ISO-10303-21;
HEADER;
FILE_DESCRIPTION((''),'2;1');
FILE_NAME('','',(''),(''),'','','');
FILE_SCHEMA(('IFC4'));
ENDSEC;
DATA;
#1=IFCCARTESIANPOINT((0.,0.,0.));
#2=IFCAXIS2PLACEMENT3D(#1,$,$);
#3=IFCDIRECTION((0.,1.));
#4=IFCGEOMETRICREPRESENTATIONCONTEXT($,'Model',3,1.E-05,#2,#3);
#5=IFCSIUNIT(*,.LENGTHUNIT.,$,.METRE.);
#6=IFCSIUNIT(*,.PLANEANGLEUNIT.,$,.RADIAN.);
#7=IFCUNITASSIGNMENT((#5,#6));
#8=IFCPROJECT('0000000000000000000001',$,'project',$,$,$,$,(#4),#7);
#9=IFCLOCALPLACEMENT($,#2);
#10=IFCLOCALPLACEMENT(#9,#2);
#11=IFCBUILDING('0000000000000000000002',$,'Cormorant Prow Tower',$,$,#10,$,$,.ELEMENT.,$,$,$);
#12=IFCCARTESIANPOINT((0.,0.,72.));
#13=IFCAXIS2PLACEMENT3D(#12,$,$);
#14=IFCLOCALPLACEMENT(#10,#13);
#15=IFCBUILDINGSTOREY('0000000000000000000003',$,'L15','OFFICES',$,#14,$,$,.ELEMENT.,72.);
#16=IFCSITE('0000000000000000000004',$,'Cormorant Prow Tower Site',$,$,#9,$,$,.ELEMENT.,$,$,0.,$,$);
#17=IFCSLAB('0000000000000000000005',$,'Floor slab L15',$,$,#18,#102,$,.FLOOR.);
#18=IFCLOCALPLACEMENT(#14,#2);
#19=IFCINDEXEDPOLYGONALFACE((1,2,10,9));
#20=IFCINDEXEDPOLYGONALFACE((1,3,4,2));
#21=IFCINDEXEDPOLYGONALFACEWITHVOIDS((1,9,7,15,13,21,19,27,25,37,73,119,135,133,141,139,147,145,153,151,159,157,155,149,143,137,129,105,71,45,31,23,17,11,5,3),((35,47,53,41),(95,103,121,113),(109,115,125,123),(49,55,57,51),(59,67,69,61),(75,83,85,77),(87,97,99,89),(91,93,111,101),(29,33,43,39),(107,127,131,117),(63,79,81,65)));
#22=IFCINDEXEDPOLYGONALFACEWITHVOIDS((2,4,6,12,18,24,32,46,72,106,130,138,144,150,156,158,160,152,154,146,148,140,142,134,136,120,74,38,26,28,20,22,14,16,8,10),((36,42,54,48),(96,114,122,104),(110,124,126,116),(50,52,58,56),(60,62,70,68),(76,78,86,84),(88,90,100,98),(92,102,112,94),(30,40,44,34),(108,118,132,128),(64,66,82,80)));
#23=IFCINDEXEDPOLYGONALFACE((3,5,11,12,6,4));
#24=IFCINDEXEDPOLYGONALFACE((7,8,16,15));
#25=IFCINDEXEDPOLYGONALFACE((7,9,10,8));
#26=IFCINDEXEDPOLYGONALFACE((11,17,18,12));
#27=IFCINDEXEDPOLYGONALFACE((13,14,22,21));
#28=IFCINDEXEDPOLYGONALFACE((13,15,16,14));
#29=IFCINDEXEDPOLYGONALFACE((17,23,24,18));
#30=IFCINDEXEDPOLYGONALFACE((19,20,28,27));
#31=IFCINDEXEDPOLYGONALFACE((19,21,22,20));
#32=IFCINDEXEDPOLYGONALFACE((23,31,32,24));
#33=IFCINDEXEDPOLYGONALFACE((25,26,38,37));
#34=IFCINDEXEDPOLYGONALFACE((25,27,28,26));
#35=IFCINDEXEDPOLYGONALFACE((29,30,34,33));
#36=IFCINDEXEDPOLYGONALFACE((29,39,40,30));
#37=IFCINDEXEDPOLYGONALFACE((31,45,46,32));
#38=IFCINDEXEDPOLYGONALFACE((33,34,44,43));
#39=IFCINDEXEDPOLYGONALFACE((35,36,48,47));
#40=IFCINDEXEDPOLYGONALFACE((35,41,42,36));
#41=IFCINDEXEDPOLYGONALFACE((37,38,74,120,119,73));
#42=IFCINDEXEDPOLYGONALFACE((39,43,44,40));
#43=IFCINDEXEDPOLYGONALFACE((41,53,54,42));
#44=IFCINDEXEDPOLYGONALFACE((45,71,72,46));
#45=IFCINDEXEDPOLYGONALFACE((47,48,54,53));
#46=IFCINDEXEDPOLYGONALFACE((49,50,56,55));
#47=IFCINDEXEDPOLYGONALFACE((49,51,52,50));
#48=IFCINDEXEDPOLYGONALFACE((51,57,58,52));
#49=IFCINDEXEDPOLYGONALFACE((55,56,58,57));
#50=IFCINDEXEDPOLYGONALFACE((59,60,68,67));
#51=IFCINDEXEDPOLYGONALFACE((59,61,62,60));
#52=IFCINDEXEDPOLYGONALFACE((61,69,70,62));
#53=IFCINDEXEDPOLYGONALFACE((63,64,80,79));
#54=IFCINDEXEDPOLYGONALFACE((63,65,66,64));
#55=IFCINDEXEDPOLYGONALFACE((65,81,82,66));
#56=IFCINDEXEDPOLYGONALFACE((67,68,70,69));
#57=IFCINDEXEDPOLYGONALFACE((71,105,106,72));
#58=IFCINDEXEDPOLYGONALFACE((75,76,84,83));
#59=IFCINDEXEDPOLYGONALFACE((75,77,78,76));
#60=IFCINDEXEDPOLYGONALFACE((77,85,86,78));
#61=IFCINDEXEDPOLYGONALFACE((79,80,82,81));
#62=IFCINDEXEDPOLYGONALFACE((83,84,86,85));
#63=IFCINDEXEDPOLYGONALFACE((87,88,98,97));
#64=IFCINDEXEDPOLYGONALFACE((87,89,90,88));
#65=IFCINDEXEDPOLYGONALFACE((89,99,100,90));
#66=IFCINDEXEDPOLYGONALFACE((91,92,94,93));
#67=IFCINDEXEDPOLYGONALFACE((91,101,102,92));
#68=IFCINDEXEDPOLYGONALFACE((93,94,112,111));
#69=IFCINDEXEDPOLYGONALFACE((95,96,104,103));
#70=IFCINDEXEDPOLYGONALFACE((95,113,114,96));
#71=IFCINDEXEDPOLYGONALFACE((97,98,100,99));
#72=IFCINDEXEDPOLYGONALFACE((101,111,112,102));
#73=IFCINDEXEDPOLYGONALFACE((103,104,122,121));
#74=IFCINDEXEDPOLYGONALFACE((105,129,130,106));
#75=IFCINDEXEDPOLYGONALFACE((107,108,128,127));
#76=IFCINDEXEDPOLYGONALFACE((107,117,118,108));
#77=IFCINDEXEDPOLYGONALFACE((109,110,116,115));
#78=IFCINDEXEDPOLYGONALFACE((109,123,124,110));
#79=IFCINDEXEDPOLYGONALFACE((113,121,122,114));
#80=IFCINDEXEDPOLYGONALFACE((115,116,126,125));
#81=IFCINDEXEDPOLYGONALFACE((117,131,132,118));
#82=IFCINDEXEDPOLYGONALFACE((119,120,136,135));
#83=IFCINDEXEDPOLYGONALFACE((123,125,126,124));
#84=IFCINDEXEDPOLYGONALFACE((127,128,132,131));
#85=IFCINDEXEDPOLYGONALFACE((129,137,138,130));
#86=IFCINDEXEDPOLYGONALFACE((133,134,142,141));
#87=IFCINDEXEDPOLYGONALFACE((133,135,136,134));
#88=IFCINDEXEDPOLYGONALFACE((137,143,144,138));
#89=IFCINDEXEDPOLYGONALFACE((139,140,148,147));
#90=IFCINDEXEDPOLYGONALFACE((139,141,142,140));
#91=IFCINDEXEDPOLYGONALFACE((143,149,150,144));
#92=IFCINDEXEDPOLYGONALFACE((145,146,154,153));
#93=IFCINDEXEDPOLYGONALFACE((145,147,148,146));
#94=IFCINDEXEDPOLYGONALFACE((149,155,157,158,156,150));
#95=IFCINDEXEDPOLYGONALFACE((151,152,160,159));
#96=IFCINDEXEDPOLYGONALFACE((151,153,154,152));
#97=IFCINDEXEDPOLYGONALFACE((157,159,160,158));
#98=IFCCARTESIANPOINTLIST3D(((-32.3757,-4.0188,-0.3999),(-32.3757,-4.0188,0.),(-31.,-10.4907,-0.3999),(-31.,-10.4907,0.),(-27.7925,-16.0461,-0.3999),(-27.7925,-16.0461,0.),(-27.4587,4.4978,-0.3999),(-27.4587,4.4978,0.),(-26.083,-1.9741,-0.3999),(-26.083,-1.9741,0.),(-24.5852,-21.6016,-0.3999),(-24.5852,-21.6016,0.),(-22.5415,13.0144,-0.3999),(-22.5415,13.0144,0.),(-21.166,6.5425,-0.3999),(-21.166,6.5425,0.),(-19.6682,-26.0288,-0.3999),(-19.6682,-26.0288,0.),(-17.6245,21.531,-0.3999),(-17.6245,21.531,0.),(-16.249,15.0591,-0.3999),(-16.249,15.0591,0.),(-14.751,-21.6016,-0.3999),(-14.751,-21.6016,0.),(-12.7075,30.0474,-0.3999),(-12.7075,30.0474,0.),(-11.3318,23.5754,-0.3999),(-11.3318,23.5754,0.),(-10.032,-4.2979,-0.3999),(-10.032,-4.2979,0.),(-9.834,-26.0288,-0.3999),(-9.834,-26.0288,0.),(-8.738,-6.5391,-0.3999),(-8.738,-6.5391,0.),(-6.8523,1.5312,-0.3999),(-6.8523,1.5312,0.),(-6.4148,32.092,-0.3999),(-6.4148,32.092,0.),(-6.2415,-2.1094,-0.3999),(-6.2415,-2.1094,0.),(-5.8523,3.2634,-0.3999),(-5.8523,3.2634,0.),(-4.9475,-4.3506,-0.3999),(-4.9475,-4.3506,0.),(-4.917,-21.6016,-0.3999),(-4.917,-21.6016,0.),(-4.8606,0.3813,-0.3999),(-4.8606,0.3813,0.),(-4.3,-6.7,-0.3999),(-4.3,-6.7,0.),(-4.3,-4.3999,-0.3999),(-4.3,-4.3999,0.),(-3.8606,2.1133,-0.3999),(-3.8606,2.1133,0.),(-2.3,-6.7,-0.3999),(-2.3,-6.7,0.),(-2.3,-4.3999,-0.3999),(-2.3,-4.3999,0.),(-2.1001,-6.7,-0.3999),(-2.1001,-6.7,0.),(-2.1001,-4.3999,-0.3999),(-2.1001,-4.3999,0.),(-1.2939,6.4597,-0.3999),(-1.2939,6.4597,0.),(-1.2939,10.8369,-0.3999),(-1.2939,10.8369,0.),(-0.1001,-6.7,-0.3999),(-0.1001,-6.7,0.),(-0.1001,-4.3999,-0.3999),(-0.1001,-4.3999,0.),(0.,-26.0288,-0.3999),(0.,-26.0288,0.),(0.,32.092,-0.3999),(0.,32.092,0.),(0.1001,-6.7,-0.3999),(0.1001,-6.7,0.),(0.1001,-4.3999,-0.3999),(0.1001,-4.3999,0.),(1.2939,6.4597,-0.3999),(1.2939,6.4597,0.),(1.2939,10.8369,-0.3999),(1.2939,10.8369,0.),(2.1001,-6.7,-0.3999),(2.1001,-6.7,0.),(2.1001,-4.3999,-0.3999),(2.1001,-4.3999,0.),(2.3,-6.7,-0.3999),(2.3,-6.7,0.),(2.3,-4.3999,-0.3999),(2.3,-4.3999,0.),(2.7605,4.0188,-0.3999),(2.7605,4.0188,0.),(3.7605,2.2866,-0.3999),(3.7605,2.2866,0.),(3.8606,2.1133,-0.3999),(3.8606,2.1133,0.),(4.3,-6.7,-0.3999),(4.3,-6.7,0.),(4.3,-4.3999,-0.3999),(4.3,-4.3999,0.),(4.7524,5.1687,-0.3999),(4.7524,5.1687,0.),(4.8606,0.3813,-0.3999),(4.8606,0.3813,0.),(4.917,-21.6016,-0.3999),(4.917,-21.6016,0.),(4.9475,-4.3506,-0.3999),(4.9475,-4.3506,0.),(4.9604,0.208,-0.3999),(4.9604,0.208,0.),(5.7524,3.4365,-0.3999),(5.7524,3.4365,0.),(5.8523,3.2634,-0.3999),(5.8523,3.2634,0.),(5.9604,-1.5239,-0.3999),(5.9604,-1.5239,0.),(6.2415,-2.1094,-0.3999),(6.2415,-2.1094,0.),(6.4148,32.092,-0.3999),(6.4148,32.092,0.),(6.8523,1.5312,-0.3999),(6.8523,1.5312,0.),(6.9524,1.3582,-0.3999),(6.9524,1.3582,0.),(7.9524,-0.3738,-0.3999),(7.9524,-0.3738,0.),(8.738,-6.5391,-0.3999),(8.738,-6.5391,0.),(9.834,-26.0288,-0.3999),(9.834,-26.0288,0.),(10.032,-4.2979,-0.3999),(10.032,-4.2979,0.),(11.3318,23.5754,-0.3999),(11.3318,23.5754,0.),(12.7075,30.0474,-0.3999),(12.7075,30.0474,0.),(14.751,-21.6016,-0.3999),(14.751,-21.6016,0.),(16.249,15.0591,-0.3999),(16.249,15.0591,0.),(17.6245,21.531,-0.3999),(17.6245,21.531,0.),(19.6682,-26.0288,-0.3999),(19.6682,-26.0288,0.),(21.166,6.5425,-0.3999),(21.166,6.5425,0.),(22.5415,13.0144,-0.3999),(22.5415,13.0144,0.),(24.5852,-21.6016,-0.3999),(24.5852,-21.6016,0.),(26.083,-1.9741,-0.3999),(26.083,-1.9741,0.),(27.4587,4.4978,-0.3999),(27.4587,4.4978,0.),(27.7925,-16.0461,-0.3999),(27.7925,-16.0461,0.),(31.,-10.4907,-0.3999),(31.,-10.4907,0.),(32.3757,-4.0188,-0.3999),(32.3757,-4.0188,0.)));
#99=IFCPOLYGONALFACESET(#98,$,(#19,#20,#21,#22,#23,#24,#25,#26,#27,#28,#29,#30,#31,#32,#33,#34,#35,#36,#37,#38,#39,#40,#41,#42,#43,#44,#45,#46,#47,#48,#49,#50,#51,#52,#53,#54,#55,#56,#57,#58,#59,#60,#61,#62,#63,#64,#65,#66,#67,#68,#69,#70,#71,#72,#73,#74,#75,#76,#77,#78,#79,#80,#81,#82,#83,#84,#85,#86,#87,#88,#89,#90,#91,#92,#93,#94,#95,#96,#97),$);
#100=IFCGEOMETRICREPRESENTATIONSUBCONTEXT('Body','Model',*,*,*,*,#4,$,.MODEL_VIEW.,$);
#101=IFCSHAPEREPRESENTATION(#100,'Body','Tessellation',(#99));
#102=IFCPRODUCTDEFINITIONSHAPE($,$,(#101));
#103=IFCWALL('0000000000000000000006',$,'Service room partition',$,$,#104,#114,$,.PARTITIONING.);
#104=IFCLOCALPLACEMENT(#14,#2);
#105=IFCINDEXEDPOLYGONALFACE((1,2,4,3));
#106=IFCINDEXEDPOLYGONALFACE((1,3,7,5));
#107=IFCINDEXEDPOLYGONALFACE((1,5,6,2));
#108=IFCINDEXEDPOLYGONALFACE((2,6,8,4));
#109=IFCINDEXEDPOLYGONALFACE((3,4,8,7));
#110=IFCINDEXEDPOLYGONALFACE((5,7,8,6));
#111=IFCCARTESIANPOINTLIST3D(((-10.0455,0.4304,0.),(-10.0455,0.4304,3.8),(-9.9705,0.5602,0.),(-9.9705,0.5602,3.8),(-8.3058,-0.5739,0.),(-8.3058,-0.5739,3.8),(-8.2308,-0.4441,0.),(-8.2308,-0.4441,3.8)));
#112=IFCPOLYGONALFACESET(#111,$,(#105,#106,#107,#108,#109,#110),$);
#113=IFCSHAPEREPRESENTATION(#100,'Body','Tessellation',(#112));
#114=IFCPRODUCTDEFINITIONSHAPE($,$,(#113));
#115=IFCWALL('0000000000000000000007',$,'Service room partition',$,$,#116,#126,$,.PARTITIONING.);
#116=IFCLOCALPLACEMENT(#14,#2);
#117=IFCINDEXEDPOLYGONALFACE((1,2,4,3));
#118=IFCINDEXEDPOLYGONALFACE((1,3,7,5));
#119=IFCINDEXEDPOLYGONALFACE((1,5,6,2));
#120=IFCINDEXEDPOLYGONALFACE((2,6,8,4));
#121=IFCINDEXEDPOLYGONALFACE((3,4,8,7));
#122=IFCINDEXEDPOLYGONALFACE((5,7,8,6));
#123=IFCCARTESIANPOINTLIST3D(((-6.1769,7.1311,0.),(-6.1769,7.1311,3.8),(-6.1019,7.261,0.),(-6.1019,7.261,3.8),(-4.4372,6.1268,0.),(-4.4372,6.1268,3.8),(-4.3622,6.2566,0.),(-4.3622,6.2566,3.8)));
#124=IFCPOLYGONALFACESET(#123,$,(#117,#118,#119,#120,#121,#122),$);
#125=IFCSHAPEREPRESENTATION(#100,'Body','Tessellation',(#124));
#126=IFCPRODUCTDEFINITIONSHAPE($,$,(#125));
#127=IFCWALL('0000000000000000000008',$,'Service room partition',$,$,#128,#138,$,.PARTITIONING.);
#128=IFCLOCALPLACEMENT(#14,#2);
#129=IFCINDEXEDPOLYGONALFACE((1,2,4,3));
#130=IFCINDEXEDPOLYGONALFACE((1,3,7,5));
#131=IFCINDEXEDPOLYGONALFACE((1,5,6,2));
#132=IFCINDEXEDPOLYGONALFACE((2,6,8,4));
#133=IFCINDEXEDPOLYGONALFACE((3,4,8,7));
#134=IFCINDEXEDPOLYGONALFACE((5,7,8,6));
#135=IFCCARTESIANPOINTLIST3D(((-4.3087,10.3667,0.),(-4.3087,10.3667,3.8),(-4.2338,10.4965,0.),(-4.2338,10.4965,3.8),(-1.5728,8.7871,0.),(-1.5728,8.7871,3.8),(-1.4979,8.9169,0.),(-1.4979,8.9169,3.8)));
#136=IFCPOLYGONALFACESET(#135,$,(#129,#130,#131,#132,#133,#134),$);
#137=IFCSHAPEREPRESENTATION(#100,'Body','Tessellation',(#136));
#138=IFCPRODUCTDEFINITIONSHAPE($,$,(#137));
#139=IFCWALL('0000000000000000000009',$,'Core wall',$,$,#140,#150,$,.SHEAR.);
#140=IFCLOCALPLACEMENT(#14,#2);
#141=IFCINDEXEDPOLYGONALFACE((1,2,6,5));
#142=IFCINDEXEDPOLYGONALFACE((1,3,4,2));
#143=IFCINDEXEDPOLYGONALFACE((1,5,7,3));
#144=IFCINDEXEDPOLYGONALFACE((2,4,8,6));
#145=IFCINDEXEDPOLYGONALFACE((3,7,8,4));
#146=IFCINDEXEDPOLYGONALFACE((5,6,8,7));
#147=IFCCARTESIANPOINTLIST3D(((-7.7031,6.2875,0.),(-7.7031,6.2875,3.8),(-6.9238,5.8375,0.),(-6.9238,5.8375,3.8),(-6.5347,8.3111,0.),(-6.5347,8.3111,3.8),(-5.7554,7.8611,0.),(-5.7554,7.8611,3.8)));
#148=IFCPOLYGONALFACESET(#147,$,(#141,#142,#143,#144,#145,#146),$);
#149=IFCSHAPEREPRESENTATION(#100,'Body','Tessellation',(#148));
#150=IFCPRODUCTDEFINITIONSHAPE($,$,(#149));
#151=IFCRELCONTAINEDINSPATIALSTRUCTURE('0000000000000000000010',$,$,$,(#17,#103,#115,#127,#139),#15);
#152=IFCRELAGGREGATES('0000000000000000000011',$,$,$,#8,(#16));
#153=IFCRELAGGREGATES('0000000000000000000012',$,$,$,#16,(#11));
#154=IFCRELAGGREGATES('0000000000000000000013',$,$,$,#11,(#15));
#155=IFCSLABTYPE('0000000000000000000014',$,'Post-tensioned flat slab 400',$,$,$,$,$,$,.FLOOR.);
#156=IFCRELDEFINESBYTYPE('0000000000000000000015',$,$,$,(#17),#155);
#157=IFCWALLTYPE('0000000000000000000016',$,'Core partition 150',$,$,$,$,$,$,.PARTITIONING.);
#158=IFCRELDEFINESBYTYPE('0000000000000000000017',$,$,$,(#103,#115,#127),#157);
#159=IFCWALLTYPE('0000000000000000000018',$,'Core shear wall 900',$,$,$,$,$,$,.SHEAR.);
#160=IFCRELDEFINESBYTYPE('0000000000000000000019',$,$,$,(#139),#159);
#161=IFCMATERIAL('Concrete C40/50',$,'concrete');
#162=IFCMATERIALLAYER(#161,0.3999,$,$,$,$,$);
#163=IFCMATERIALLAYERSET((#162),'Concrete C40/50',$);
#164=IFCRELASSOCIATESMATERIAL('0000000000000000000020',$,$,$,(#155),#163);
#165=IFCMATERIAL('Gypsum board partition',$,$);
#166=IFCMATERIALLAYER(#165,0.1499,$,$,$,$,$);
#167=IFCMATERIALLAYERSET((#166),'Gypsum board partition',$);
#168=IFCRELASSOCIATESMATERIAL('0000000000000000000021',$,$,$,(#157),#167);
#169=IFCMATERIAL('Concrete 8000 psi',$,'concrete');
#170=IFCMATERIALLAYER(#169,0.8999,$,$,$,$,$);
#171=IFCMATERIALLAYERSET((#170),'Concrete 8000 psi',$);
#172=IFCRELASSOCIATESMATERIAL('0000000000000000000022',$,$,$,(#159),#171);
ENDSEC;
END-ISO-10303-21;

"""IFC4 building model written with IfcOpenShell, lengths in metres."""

from ifc_helpers import new_model, si_unit, direction, frame, frame_2d, origin, place, context, subcontext, project, spatial, polyline, rectangle, outline, extrude, material, layer, layer_set, type_object, element, save


model = new_model("IFC4")

# Units and contexts
model_context = context("Model", 3, precision=1e-05, world=origin(), true_north=direction((0.0, 1.0)))
body_context = subcontext(model_context, "Body", "Model", "MODEL_VIEW")
ifc_project = project(units=[si_unit("LENGTHUNIT", "METRE"), si_unit("PLANEANGLEUNIT", "RADIAN")], contexts=[model_context])

# Site, building, storey
site_placement = place(None, origin())
site = spatial("IfcSite", under=ifc_project, at=site_placement, Name="Cormorant Prow Tower Site", CompositionType="ELEMENT", RefElevation=0.0)
building_placement = place(site_placement, origin())
building = spatial("IfcBuilding", under=site, at=building_placement, Name="Cormorant Prow Tower", CompositionType="ELEMENT")
storey_placement = place(building_placement, frame((0.0, 0.0, 72.0)))
storey = spatial("IfcBuildingStorey", under=building, at=storey_placement, Name="L15", Description="OFFICES", CompositionType="ELEMENT", Elevation=72.0)

# Slab
ifc_material_1 = material(Name="Concrete C40/50", Category="concrete")
ifc_layer_1 = layer(ifc_material_1, 0.3999)
ifc_layer_set_1 = layer_set([ifc_layer_1], Name="Concrete C40/50")
slab_type_1 = type_object("IfcSlabType", Name="Post-tensioned flat slab 400", PredefinedType="FLOOR", material=ifc_layer_set_1)
slab_1_placement = place(storey_placement, frame((0.0, 0.0, -0.3999)))
element("IfcSlab", 1, at=slab_1_placement, inside=storey, type_object=slab_type_1, Name="Floor slab L15", PredefinedType="FLOOR", context=body_context, shape_type="SweptSolid", body=[
    extrude(outline(polyline([(-12.7075, 30.0474), (-11.3318, 23.5754), (-17.6245, 21.531), (-16.249, 15.0591), (-22.5415, 13.0144), (-21.166, 6.5425), (-27.4587, 4.4978), (-26.083, -1.9741), (-32.3757, -4.0188), (-31.0, -10.4907), (-27.7925, -16.0461), (-24.5852, -21.6016), (-19.6682, -26.0288), (-14.751, -21.6016), (-9.834, -26.0288), (-4.917, -21.6016), (0.0, -26.0288), (4.917, -21.6016), (9.834, -26.0288), (14.751, -21.6016), (19.6682, -26.0288), (24.5852, -21.6016), (27.7925, -16.0461), (31.0, -10.4907), (32.3757, -4.0188), (26.083, -1.9741), (27.4587, 4.4978), (21.166, 6.5425), (22.5415, 13.0144), (16.249, 15.0591), (17.6245, 21.531), (11.3318, 23.5754), (12.7075, 30.0474), (6.4148, 32.092), (0.0, 32.092), (-6.4148, 32.092), (-12.7075, 30.0474)]), holes=[polyline([(-4.3, -6.7), (-4.3, -4.3999), (-2.3, -4.3999), (-2.3, -6.7), (-4.3, -6.7)]), polyline([(-2.1001, -4.3999), (-0.1001, -4.3999), (-0.1001, -6.7), (-2.1001, -6.7), (-2.1001, -4.3999)]), polyline([(2.1001, -4.3999), (2.1001, -6.7), (0.1001, -6.7), (0.1001, -4.3999), (2.1001, -4.3999)]), polyline([(4.3, -6.7), (2.3, -6.7), (2.3, -4.3999), (4.3, -4.3999), (4.3, -6.7)]), polyline([(7.9524, -0.3738), (5.9604, -1.5239), (4.9604, 0.208), (6.9524, 1.3582), (7.9524, -0.3738)]), polyline([(4.8606, 0.3813), (3.8606, 2.1133), (5.8523, 3.2634), (6.8523, 1.5312), (4.8606, 0.3813)]), polyline([(2.7605, 4.0188), (4.7524, 5.1687), (5.7524, 3.4365), (3.7605, 2.2866), (2.7605, 4.0188)]), polyline([(-6.8523, 1.5312), (-5.8523, 3.2634), (-3.8606, 2.1133), (-4.8606, 0.3813), (-6.8523, 1.5312)]), polyline([(-4.9475, -4.3506), (-8.738, -6.5391), (-10.032, -4.2979), (-6.2415, -2.1094), (-4.9475, -4.3506)]), polyline([(10.032, -4.2979), (8.738, -6.5391), (4.9475, -4.3506), (6.2415, -2.1094), (10.032, -4.2979)]), polyline([(1.2939, 10.8369), (1.2939, 6.4597), (-1.2939, 6.4597), (-1.2939, 10.8369), (1.2939, 10.8369)])]), origin(), (0.0, 0.0, 1.0), 0.3999),
])

# Walls
ifc_material_2 = material(Name="Gypsum board partition")
ifc_layer_2 = layer(ifc_material_2, 0.1499)
ifc_layer_set_2 = layer_set([ifc_layer_2], Name="Gypsum board partition")
wall_type_1 = type_object("IfcWallType", Name="Core partition 150", PredefinedType="PARTITIONING", material=ifc_layer_set_2)
for number, where, z_axis, x_axis, name in (
    (2, (-8.2683, -0.509, 0.0), (0.0, 0.0, 1.0), (-0.866036, 0.499982, 0.0), "Service room partition"),
    (3, (-6.1394, 7.196, 0.0), (0.0, 0.0, 1.0), (0.866036, -0.499982, 0.0), "Service room partition"),
):
    element("IfcWall", number, at=place(storey_placement, frame(where, z_axis=z_axis, x_axis=x_axis)), inside=storey, type_object=wall_type_1, Name=name, PredefinedType="PARTITIONING", context=body_context, shape_type="SweptSolid", body=[
        extrude(rectangle(XDim=2.0088, YDim=0.1499, at=frame_2d((1.0044, 0.0))), origin(), (0.0, 0.0, 1.0), 3.8),
    ])
wall_1_placement = place(storey_placement, frame((-4.2712, 10.4316, 0.0), z_axis=(0.0, 0.0, 1.0), x_axis=(0.866018, -0.500012, 0.0)))
element("IfcWall", 4, at=wall_1_placement, inside=storey, type_object=wall_type_1, Name="Service room partition", PredefinedType="PARTITIONING", context=body_context, shape_type="SweptSolid", body=[
    extrude(rectangle(XDim=3.1592, YDim=0.1499, at=frame_2d((1.5796, 0.0))), origin(), (0.0, 0.0, 1.0), 3.8),
])
ifc_material_3 = material(Name="Concrete 8000 psi", Category="concrete")
ifc_layer_3 = layer(ifc_material_3, 0.8999)
ifc_layer_set_3 = layer_set([ifc_layer_3], Name="Concrete 8000 psi")
wall_type_2 = type_object("IfcWallType", Name="Core shear wall 900", PredefinedType="SHEAR", material=ifc_layer_set_3)
wall_2_placement = place(storey_placement, frame((-6.145, 8.0862, 0.0), z_axis=(0.0, 0.0, 1.0), x_axis=(-0.500027, -0.86601, 0.0)))
element("IfcWall", 5, at=wall_2_placement, inside=storey, type_object=wall_type_2, Name="Core wall", PredefinedType="SHEAR", context=body_context, shape_type="SweptSolid", body=[
    extrude(rectangle(XDim=2.3367, YDim=0.8999, at=frame_2d((1.1685, 0.0))), origin(), (0.0, 0.0, 1.0), 3.8),
])

save(model, "model.ifc")
